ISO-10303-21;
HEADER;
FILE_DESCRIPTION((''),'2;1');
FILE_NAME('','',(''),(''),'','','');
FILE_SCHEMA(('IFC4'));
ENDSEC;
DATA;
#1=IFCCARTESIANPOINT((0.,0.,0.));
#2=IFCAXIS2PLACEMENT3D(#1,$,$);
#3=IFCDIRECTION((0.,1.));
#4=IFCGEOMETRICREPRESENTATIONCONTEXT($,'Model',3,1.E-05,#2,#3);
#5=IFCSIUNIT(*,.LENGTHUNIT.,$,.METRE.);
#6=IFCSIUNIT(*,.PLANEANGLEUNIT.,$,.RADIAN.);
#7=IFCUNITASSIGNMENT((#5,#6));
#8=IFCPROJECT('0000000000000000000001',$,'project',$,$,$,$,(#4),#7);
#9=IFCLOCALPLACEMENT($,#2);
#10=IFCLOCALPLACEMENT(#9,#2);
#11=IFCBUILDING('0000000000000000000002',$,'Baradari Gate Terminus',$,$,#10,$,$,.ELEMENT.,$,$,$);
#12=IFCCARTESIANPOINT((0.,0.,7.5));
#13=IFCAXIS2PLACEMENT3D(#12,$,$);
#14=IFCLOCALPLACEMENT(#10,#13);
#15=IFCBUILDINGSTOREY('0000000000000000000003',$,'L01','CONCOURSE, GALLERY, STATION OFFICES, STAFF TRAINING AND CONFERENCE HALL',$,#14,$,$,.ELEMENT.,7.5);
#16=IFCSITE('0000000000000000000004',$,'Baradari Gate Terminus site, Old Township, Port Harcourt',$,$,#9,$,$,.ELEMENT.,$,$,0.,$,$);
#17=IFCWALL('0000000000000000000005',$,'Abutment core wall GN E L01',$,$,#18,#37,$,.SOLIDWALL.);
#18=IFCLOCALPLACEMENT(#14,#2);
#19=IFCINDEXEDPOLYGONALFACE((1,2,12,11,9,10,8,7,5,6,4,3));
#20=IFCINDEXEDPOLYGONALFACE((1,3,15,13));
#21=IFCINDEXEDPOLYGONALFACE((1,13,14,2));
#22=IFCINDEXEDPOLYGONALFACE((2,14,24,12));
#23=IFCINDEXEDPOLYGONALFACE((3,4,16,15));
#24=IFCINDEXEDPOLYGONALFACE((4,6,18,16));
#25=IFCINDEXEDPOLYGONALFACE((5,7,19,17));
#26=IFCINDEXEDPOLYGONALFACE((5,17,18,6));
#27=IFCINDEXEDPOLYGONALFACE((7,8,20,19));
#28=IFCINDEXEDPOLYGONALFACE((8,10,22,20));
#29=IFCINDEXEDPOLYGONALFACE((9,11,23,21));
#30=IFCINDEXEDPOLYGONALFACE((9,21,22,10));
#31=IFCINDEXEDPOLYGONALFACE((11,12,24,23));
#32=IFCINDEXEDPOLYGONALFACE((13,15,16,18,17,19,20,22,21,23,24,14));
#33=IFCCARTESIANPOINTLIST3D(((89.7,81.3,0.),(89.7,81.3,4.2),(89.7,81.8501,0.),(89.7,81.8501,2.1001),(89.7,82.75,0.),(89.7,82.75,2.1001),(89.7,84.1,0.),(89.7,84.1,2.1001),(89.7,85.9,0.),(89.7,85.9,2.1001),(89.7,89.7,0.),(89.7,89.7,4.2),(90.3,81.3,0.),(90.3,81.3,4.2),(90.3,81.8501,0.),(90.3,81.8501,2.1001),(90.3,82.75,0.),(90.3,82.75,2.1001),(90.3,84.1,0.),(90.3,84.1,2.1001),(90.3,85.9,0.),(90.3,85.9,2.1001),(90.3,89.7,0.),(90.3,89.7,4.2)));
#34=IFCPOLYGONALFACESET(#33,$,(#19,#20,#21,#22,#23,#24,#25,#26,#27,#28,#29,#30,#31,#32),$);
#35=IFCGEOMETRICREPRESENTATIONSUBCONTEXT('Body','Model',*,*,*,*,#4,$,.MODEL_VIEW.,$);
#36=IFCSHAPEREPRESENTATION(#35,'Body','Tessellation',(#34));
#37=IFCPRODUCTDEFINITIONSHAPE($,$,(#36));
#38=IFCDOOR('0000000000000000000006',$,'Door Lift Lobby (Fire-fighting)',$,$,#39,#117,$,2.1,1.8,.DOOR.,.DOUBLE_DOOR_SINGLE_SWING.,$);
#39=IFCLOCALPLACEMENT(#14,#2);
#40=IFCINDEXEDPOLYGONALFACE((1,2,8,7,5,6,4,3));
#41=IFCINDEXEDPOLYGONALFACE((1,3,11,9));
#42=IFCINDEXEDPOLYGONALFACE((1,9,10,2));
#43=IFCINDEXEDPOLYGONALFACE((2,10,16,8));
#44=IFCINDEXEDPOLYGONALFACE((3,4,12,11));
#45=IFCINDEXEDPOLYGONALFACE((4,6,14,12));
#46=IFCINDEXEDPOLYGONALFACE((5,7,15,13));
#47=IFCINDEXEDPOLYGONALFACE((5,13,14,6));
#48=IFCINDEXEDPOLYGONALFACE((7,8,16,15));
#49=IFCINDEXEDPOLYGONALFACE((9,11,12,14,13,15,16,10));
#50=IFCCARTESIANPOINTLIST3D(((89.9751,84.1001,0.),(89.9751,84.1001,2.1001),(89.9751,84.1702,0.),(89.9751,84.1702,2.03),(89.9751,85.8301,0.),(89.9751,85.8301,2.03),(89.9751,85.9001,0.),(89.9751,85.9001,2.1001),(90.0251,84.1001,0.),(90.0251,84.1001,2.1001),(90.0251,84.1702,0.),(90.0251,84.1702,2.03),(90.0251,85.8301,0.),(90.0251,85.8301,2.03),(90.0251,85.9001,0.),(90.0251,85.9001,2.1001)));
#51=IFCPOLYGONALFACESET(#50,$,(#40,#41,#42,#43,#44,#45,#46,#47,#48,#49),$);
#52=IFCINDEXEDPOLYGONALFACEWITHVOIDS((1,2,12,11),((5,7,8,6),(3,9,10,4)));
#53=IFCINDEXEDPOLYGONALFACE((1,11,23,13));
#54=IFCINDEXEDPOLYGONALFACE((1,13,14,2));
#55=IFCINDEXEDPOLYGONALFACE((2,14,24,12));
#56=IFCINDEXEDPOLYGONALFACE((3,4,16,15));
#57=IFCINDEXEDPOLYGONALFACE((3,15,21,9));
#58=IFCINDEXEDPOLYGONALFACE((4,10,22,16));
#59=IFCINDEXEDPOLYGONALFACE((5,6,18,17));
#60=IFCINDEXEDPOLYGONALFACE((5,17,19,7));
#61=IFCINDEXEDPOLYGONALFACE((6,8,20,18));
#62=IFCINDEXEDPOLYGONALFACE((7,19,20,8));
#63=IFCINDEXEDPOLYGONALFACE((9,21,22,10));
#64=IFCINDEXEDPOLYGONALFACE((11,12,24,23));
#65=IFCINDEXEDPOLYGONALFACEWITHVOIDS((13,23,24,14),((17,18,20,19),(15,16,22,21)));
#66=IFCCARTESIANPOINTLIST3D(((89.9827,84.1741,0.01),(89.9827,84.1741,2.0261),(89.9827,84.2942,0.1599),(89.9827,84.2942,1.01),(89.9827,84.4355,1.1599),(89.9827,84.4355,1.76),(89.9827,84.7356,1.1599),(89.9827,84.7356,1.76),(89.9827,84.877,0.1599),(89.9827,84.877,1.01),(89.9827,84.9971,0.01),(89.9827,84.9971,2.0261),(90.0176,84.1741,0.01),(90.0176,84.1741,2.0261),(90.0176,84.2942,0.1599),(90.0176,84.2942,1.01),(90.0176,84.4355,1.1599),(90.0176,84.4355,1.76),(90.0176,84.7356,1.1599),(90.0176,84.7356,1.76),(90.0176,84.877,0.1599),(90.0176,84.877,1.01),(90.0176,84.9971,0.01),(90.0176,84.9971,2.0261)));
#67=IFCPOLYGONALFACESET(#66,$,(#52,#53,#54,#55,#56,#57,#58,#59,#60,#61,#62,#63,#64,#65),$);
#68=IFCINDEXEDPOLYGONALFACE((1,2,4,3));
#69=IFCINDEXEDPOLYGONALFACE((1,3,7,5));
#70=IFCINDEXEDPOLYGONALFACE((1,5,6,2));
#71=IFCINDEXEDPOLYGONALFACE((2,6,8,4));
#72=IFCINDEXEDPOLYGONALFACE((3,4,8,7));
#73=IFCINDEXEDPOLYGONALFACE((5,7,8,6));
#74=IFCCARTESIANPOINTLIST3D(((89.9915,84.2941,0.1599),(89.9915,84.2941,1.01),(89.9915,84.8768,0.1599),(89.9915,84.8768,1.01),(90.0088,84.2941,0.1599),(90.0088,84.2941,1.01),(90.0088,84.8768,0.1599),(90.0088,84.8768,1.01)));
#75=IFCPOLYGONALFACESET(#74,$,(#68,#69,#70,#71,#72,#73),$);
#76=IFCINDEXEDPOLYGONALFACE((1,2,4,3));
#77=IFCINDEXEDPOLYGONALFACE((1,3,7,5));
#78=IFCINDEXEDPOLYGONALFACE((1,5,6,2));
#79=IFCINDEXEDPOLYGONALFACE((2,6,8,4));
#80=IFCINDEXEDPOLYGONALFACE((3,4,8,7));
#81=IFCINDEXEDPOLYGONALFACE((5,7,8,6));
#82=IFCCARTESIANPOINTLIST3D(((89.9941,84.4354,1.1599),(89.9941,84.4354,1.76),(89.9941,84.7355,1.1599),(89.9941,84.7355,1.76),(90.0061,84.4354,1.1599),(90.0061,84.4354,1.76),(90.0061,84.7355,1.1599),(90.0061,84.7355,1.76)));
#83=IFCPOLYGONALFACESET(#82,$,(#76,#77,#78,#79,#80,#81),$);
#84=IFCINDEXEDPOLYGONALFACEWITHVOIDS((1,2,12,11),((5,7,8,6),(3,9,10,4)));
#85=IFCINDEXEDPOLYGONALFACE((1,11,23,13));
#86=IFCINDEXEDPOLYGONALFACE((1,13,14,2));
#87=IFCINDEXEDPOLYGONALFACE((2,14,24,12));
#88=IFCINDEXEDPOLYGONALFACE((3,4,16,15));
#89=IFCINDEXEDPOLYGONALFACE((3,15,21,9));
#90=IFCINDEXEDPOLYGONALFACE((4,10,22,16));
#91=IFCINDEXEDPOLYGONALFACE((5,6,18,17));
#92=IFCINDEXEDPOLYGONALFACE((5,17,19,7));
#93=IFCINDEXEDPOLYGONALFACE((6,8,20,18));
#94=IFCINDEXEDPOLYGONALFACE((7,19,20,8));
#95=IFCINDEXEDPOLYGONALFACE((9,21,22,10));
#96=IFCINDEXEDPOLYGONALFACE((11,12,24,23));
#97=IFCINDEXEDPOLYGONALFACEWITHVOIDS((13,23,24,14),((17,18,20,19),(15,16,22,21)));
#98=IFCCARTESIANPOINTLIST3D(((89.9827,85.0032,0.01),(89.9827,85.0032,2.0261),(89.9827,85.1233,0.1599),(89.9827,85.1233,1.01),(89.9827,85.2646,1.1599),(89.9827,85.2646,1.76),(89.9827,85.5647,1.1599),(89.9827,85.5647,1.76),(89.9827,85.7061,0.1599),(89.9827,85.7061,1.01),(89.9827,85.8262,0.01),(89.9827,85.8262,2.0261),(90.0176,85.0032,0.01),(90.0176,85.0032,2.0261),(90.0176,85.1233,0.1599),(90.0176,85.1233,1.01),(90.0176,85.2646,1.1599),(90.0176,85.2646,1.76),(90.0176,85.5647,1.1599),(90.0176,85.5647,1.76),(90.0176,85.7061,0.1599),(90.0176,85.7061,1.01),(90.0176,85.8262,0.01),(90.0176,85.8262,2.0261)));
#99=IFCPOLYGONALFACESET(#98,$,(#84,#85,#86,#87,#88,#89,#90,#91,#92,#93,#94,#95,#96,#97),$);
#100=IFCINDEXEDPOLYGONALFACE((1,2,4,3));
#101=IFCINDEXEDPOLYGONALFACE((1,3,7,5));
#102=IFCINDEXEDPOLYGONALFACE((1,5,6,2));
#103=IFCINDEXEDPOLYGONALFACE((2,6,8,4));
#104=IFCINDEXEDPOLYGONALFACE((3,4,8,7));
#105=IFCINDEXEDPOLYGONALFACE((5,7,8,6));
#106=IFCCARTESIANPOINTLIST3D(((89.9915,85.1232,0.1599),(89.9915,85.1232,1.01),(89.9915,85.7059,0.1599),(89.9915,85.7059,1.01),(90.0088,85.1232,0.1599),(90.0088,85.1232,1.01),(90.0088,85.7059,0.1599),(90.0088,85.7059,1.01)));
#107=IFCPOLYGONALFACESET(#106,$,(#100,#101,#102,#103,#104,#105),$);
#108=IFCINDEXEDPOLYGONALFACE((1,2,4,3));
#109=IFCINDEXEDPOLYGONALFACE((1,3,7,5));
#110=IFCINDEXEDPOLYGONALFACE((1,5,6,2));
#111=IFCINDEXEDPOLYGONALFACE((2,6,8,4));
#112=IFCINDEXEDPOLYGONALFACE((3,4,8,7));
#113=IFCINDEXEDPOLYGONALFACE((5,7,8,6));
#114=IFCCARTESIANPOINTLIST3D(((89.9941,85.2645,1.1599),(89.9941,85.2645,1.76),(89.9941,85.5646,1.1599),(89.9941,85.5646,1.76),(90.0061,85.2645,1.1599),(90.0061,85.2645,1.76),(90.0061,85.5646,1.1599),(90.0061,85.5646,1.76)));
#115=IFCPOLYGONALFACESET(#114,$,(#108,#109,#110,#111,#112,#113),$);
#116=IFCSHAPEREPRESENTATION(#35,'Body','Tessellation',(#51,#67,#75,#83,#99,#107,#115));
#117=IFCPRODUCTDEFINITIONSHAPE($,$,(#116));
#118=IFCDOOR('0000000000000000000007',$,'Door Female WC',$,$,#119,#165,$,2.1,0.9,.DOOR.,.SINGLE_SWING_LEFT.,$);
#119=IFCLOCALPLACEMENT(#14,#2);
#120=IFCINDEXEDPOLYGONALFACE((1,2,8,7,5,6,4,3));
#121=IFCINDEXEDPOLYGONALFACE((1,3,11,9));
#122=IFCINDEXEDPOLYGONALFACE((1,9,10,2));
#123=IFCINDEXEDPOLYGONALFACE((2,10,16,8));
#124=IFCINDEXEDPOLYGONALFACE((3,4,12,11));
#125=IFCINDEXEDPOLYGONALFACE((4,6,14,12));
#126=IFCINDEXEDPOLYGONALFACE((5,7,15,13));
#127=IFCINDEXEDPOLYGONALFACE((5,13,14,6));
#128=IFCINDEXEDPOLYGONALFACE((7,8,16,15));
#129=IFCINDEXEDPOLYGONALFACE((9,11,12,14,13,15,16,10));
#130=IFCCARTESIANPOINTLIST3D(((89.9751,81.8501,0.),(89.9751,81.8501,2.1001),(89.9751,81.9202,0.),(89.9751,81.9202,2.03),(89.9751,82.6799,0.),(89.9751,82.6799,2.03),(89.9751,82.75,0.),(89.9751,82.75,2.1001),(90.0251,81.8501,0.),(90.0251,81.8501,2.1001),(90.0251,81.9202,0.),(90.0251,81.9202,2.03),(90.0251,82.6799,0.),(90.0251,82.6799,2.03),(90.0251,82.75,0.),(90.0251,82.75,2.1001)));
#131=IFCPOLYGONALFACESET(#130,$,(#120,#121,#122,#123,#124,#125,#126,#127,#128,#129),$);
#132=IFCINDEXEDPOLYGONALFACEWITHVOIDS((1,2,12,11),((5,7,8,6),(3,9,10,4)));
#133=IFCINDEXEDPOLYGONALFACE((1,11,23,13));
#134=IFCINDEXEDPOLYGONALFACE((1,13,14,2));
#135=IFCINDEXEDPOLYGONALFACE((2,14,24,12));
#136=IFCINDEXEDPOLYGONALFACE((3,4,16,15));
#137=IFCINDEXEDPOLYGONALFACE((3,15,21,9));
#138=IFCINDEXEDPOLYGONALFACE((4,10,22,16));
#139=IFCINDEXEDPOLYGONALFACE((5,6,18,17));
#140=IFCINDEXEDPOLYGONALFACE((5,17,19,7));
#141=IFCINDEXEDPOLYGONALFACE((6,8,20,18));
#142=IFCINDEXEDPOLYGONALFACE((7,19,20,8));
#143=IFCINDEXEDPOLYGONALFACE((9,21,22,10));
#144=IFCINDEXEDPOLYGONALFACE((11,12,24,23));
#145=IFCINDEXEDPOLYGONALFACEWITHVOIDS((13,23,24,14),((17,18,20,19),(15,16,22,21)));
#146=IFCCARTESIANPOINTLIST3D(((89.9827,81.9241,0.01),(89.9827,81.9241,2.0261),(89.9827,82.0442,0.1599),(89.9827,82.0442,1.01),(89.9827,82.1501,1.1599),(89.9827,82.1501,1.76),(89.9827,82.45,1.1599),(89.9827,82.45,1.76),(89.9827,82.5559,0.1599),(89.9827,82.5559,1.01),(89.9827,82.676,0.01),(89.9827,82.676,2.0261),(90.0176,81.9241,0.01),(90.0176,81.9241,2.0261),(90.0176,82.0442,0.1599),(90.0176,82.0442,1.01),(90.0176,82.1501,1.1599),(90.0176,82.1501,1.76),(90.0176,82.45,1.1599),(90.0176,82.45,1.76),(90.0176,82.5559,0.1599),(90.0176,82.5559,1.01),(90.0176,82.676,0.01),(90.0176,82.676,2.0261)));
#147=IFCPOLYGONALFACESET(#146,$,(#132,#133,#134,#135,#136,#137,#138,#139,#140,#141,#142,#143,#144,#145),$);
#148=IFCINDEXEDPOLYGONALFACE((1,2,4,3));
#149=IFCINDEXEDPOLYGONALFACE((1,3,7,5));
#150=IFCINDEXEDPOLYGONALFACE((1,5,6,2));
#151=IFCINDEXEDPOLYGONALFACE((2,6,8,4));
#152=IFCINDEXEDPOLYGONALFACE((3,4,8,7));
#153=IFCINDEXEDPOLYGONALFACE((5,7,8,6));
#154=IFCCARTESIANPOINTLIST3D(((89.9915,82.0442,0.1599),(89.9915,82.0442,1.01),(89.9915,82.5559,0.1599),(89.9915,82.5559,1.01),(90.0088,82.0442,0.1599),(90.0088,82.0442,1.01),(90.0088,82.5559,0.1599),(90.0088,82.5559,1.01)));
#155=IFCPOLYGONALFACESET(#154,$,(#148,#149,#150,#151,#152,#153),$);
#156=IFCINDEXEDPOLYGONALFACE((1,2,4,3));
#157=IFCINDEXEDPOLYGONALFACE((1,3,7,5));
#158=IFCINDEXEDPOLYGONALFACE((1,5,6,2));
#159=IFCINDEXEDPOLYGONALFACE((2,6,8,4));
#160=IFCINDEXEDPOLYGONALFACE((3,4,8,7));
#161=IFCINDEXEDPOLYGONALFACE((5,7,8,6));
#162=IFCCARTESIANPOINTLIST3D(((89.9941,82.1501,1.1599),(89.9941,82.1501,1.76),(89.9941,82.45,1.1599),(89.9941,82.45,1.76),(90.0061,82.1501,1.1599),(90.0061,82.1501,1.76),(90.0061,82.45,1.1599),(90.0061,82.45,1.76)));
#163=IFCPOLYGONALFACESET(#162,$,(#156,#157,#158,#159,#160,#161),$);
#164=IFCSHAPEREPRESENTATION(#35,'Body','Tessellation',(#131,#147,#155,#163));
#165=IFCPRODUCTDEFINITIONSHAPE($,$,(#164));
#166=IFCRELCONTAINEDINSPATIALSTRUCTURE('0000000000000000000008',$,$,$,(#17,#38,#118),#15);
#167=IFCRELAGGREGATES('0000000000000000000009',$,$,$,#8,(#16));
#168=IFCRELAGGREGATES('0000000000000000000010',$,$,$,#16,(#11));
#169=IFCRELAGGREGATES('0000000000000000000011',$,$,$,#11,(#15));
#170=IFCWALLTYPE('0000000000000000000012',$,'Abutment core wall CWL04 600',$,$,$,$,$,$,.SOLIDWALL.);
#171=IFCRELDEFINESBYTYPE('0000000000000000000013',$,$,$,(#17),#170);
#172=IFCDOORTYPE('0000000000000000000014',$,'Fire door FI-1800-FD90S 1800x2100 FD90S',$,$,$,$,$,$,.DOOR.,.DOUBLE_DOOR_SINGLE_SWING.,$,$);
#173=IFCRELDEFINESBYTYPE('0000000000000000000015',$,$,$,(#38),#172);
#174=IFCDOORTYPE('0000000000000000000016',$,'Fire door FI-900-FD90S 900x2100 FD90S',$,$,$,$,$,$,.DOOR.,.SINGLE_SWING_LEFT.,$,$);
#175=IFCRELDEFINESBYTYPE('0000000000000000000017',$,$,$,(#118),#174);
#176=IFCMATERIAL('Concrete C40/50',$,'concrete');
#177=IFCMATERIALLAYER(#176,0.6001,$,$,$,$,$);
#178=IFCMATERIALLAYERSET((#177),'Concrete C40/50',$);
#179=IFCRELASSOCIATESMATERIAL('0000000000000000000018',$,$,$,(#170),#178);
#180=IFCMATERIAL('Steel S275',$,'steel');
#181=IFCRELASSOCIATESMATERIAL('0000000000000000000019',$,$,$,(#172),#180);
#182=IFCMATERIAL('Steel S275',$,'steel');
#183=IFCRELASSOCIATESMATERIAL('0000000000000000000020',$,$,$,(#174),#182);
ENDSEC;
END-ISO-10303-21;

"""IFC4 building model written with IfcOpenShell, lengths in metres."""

from ifc_helpers import new_model, si_unit, direction, frame, frame_2d, origin, place, context, subcontext, project, spatial, polyline, rectangle, outline, extrude, material, layer, layer_set, type_object, element, fill, save


model = new_model("IFC4")

# Units and contexts
model_context = context("Model", 3, precision=1e-05, world=origin(), true_north=direction((0.0, 1.0)))
body_context = subcontext(model_context, "Body", "Model", "MODEL_VIEW")
ifc_project = project(units=[si_unit("LENGTHUNIT", "METRE"), si_unit("PLANEANGLEUNIT", "RADIAN")], contexts=[model_context])

# Site, building, storey
site_placement = place(None, origin())
site = spatial("IfcSite", under=ifc_project, at=site_placement, Name="Baradari Gate Terminus site, Old Township, Port Harcourt", CompositionType="ELEMENT", RefElevation=0.0)
building_placement = place(site_placement, origin())
building = spatial("IfcBuilding", under=site, at=building_placement, Name="Baradari Gate Terminus", CompositionType="ELEMENT")
storey_placement = place(building_placement, frame((0.0, 0.0, 7.5)))
storey = spatial("IfcBuildingStorey", under=building, at=storey_placement, Name="L01", Description="CONCOURSE, GALLERY, STATION OFFICES, STAFF TRAINING AND CONFERENCE HALL", CompositionType="ELEMENT", Elevation=7.5)

# Wall, openings, doors
ifc_material_1 = material(Name="Concrete C40/50", Category="concrete")
ifc_layer_1 = layer(ifc_material_1, 0.6001)
ifc_layer_set_1 = layer_set([ifc_layer_1], Name="Concrete C40/50")
wall_type_1 = type_object("IfcWallType", Name="Abutment core wall CWL04 600", PredefinedType="SOLIDWALL", material=ifc_layer_set_1)
wall_1_placement = place(storey_placement, frame((90.0, 81.3, 0.0), z_axis=(0.0, 0.0, 1.0), x_axis=(0.0, 1.0, 0.0)))
wall_1 = element("IfcWall", 1, at=wall_1_placement, inside=storey, type_object=wall_type_1, Name="Abutment core wall GN E L01", PredefinedType="SOLIDWALL", context=body_context, shape_type="SweptSolid", body=[
    extrude(rectangle(XDim=8.3999, YDim=0.6001, at=frame_2d((4.2, 0.0))), origin(), (0.0, 0.0, 1.0), 4.2),
])
opening_1_placement = place(wall_1_placement, frame((2.8, 0.0, 0.0)))
opening_1 = element("IfcOpeningElement", 2, at=opening_1_placement, cuts=wall_1, PredefinedType="OPENING", context=body_context, shape_type="SweptSolid", body=[
    extrude(rectangle(XDim=1.8, YDim=2.1001, at=frame_2d((0.8999, 1.05))), frame((0.0, 0.3101, 0.0), z_axis=(0.0, -1.0, 0.0), x_axis=(1.0, 0.0, 0.0)), (0.0, 0.0, 1.0), 0.6201),
])
opening_2_placement = place(wall_1_placement, frame((0.55, 0.0, 0.0)))
opening_2 = element("IfcOpeningElement", 3, at=opening_2_placement, cuts=wall_1, PredefinedType="OPENING", context=body_context, shape_type="SweptSolid", body=[
    extrude(rectangle(XDim=0.8999, YDim=2.1001, at=frame_2d((0.45, 1.05))), frame((0.0, 0.3101, 0.0), z_axis=(0.0, -1.0, 0.0), x_axis=(1.0, 0.0, 0.0)), (0.0, 0.0, 1.0), 0.6201),
])
ifc_material_2 = material(Name="Steel S275", Category="steel")
door_type_1 = type_object("IfcDoorType", Name="Fire door FI-1800-FD90S 1800x2100 FD90S", OperationType="DOUBLE_DOOR_SINGLE_SWING", PredefinedType="DOOR", material=ifc_material_2)
door_1_placement = place(opening_1_placement, origin())
door_1 = element("IfcDoor", 4, at=door_1_placement, inside=storey, type_object=door_type_1, Name="Door Lift Lobby (Fire-fighting)", OperationType="DOUBLE_DOOR_SINGLE_SWING", OverallHeight=2.1, OverallWidth=1.8, PredefinedType="DOOR", context=body_context, shape_type="SweptSolid", body=[
    extrude(outline(polyline([(0.0, 0.0), (0.0701, 0.0), (0.0701, 2.03), (1.73, 2.03), (1.73, 0.0), (1.8, 0.0), (1.8, 2.1001), (0.0, 2.1001), (0.0, 0.0)])), frame((0.0, 0.0249, 0.0), z_axis=(0.0, -1.0, 0.0), x_axis=(1.0, 0.0, 0.0)), (0.0, 0.0, 1.0), 0.05),
    extrude(outline(polyline([(0.074, 0.01), (0.897, 0.01), (0.897, 2.0261), (0.074, 2.0261), (0.074, 0.01)]), holes=[polyline([(0.1941, 0.1599), (0.7769, 0.1599), (0.7769, 1.01), (0.1941, 1.01), (0.1941, 0.1599)]), polyline([(0.3354, 1.1599), (0.6355, 1.1599), (0.6355, 1.76), (0.3354, 1.76), (0.3354, 1.1599)])]), frame((0.0, 0.0173, 0.0), z_axis=(0.0, -1.0, 0.0), x_axis=(1.0, 0.0, 0.0)), (0.0, 0.0, 1.0), 0.0349),
    extrude(rectangle(XDim=0.5828, YDim=0.8501, at=frame_2d((0.4854, 0.585))), frame((0.0, 0.0085, 0.0), z_axis=(0.0, -1.0, 0.0), x_axis=(1.0, 0.0, 0.0)), (0.0, 0.0, 1.0), 0.0173),
    extrude(rectangle(XDim=0.3, YDim=0.6001, at=frame_2d((0.4854, 1.46))), frame((0.0, 0.0059, 0.0), z_axis=(0.0, -1.0, 0.0), x_axis=(1.0, 0.0, 0.0)), (0.0, 0.0, 1.0), 0.012),
    extrude(outline(polyline([(0.9031, 0.01), (1.7261, 0.01), (1.7261, 2.0261), (0.9031, 2.0261), (0.9031, 0.01)]), holes=[polyline([(1.0232, 0.1599), (1.606, 0.1599), (1.606, 1.01), (1.0232, 1.01), (1.0232, 0.1599)]), polyline([(1.1646, 1.1599), (1.4646, 1.1599), (1.4646, 1.76), (1.1646, 1.76), (1.1646, 1.1599)])]), frame((0.0, 0.0173, 0.0), z_axis=(0.0, -1.0, 0.0), x_axis=(1.0, 0.0, 0.0)), (0.0, 0.0, 1.0), 0.0349),
    extrude(rectangle(XDim=0.5828, YDim=0.8501, at=frame_2d((1.3145, 0.585))), frame((0.0, 0.0085, 0.0), z_axis=(0.0, -1.0, 0.0), x_axis=(1.0, 0.0, 0.0)), (0.0, 0.0, 1.0), 0.0173),
    extrude(rectangle(XDim=0.3, YDim=0.6001, at=frame_2d((1.3145, 1.46))), frame((0.0, 0.0059, 0.0), z_axis=(0.0, -1.0, 0.0), x_axis=(1.0, 0.0, 0.0)), (0.0, 0.0, 1.0), 0.012),
])
fill(opening_1, door_1)
ifc_material_3 = material(Name="Steel S275", Category="steel")
door_type_2 = type_object("IfcDoorType", Name="Fire door FI-900-FD90S 900x2100 FD90S", OperationType="SINGLE_SWING_LEFT", PredefinedType="DOOR", material=ifc_material_3)
door_2_placement = place(opening_2_placement, origin())
door_2 = element("IfcDoor", 5, at=door_2_placement, inside=storey, type_object=door_type_2, Name="Door Female WC", OperationType="SINGLE_SWING_LEFT", OverallHeight=2.1, OverallWidth=0.9, PredefinedType="DOOR", context=body_context, shape_type="SweptSolid", body=[
    extrude(outline(polyline([(0.0, 0.0), (0.0701, 0.0), (0.0701, 2.03), (0.8298, 2.03), (0.8298, 0.0), (0.8999, 0.0), (0.8999, 2.1001), (0.0, 2.1001), (0.0, 0.0)])), frame((0.0, 0.0249, 0.0), z_axis=(0.0, -1.0, 0.0), x_axis=(1.0, 0.0, 0.0)), (0.0, 0.0, 1.0), 0.05),
    extrude(outline(polyline([(0.074, 0.01), (0.8259, 0.01), (0.8259, 2.0261), (0.074, 2.0261), (0.074, 0.01)]), holes=[polyline([(0.1941, 0.1599), (0.7058, 0.1599), (0.7058, 1.01), (0.1941, 1.01), (0.1941, 0.1599)]), polyline([(0.3, 1.1599), (0.5999, 1.1599), (0.5999, 1.76), (0.3, 1.76), (0.3, 1.1599)])]), frame((0.0, 0.0173, 0.0), z_axis=(0.0, -1.0, 0.0), x_axis=(1.0, 0.0, 0.0)), (0.0, 0.0, 1.0), 0.0349),
    extrude(rectangle(XDim=0.5117, YDim=0.8501, at=frame_2d((0.45, 0.585))), frame((0.0, 0.0085, 0.0), z_axis=(0.0, -1.0, 0.0), x_axis=(1.0, 0.0, 0.0)), (0.0, 0.0, 1.0), 0.0173),
    extrude(rectangle(XDim=0.2998, YDim=0.6001, at=frame_2d((0.45, 1.46))), frame((0.0, 0.0059, 0.0), z_axis=(0.0, -1.0, 0.0), x_axis=(1.0, 0.0, 0.0)), (0.0, 0.0, 1.0), 0.012),
])
fill(opening_2, door_2)

save(model, "model.ifc")
